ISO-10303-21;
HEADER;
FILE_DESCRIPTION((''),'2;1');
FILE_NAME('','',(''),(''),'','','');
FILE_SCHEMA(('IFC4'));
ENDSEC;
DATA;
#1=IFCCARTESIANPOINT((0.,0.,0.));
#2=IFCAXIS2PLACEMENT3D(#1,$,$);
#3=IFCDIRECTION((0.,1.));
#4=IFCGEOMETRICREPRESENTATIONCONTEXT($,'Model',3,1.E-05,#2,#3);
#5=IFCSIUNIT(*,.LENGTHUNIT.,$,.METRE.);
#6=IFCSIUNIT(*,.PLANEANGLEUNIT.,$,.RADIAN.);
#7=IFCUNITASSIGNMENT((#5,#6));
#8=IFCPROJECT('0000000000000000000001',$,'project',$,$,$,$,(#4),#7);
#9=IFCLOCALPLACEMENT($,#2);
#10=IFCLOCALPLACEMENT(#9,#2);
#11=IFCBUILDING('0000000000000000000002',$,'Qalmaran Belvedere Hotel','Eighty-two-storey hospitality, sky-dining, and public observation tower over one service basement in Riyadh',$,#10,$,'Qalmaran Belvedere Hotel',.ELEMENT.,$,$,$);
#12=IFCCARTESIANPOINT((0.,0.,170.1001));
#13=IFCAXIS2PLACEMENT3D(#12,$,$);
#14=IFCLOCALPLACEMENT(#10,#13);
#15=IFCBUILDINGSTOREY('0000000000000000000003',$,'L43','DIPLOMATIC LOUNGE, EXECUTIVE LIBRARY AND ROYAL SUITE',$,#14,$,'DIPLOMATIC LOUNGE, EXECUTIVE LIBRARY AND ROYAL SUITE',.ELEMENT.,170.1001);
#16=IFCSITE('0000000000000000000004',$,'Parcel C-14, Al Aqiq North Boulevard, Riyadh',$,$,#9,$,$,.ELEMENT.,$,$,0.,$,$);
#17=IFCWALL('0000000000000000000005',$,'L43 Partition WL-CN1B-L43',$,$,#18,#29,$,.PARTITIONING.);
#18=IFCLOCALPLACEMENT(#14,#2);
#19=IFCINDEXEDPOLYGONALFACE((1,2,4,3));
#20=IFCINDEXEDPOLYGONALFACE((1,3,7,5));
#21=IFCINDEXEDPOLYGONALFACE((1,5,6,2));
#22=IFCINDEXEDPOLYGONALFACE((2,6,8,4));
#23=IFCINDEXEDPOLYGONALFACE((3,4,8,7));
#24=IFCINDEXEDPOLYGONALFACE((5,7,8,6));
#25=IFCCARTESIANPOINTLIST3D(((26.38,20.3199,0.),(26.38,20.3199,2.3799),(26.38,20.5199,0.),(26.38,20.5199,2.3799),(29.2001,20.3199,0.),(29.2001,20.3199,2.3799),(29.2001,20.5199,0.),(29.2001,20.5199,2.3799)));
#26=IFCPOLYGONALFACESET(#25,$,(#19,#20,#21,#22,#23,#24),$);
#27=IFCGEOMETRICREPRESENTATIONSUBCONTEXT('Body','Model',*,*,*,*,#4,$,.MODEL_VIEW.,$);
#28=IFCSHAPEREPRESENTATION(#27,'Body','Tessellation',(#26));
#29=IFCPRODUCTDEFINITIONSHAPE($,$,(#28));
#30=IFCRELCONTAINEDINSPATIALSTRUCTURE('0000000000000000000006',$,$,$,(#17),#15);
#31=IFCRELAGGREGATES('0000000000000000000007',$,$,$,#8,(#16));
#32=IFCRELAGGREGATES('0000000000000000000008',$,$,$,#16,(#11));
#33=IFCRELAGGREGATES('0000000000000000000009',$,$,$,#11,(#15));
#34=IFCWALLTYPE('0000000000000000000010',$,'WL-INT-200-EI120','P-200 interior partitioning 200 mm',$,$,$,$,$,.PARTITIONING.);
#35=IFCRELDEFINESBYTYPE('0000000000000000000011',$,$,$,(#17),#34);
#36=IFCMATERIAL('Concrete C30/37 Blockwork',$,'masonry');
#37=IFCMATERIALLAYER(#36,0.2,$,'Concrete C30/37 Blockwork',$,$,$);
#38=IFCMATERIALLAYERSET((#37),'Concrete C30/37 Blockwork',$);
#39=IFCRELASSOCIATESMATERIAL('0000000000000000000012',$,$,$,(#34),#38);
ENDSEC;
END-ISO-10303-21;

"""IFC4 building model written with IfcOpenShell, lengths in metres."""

from ifc_helpers import new_model, si_unit, direction, frame, frame_2d, origin, place, context, subcontext, project, spatial, rectangle, extrude, material, layer, layer_set, type_object, element, save


model = new_model("IFC4")

# Units and contexts
model_context = context("Model", 3, precision=1e-05, world=origin(), true_north=direction((0.0, 1.0)))
body_context = subcontext(model_context, "Body", "Model", "MODEL_VIEW")
ifc_project = project(units=[si_unit("LENGTHUNIT", "METRE"), si_unit("PLANEANGLEUNIT", "RADIAN")], contexts=[model_context])

# Site, building, storey
site_placement = place(None, origin())
site = spatial("IfcSite", under=ifc_project, at=site_placement, Name="Parcel C-14, Al Aqiq North Boulevard, Riyadh", CompositionType="ELEMENT", RefElevation=0.0)
building_placement = place(site_placement, origin())
building = spatial("IfcBuilding", under=site, at=building_placement, Name="Qalmaran Belvedere Hotel", Description="Eighty-two-storey hospitality, sky-dining, and public observation tower over one service basement in Riyadh", LongName="Qalmaran Belvedere Hotel", CompositionType="ELEMENT")
storey_placement = place(building_placement, frame((0.0, 0.0, 170.1001)))
storey = spatial("IfcBuildingStorey", under=building, at=storey_placement, Name="L43", Description="DIPLOMATIC LOUNGE, EXECUTIVE LIBRARY AND ROYAL SUITE", LongName="DIPLOMATIC LOUNGE, EXECUTIVE LIBRARY AND ROYAL SUITE", CompositionType="ELEMENT", Elevation=170.1001)

# Shared definitions
ifc_material_1 = material(Name="Concrete C30/37 Blockwork", Category="masonry")
ifc_layer_1 = layer(ifc_material_1, 0.2, Name="Concrete C30/37 Blockwork")
ifc_layer_set_1 = layer_set([ifc_layer_1], Name="Concrete C30/37 Blockwork")
wall_type_1 = type_object("IfcWallType", Name="WL-INT-200-EI120", Description="P-200 interior partitioning 200 mm", PredefinedType="PARTITIONING", material=ifc_layer_set_1)

# Wall
wall_1_placement = place(storey_placement, frame((26.3799, 20.4199, 0.0), z_axis=(0.0, 0.0, 1.0), x_axis=(1.0, 0.0, 0.0)))
element("IfcWall", 1, at=wall_1_placement, inside=storey, type_object=wall_type_1, Name="L43 Partition WL-CN1B-L43", PredefinedType="PARTITIONING", context=body_context, shape_type="SweptSolid", body=[
    extrude(rectangle(XDim=2.8201, YDim=0.2, at=frame_2d((1.4102, 0.0))), origin(), (0.0, 0.0, 1.0), 2.3799),
])

save(model, "model.ifc")
